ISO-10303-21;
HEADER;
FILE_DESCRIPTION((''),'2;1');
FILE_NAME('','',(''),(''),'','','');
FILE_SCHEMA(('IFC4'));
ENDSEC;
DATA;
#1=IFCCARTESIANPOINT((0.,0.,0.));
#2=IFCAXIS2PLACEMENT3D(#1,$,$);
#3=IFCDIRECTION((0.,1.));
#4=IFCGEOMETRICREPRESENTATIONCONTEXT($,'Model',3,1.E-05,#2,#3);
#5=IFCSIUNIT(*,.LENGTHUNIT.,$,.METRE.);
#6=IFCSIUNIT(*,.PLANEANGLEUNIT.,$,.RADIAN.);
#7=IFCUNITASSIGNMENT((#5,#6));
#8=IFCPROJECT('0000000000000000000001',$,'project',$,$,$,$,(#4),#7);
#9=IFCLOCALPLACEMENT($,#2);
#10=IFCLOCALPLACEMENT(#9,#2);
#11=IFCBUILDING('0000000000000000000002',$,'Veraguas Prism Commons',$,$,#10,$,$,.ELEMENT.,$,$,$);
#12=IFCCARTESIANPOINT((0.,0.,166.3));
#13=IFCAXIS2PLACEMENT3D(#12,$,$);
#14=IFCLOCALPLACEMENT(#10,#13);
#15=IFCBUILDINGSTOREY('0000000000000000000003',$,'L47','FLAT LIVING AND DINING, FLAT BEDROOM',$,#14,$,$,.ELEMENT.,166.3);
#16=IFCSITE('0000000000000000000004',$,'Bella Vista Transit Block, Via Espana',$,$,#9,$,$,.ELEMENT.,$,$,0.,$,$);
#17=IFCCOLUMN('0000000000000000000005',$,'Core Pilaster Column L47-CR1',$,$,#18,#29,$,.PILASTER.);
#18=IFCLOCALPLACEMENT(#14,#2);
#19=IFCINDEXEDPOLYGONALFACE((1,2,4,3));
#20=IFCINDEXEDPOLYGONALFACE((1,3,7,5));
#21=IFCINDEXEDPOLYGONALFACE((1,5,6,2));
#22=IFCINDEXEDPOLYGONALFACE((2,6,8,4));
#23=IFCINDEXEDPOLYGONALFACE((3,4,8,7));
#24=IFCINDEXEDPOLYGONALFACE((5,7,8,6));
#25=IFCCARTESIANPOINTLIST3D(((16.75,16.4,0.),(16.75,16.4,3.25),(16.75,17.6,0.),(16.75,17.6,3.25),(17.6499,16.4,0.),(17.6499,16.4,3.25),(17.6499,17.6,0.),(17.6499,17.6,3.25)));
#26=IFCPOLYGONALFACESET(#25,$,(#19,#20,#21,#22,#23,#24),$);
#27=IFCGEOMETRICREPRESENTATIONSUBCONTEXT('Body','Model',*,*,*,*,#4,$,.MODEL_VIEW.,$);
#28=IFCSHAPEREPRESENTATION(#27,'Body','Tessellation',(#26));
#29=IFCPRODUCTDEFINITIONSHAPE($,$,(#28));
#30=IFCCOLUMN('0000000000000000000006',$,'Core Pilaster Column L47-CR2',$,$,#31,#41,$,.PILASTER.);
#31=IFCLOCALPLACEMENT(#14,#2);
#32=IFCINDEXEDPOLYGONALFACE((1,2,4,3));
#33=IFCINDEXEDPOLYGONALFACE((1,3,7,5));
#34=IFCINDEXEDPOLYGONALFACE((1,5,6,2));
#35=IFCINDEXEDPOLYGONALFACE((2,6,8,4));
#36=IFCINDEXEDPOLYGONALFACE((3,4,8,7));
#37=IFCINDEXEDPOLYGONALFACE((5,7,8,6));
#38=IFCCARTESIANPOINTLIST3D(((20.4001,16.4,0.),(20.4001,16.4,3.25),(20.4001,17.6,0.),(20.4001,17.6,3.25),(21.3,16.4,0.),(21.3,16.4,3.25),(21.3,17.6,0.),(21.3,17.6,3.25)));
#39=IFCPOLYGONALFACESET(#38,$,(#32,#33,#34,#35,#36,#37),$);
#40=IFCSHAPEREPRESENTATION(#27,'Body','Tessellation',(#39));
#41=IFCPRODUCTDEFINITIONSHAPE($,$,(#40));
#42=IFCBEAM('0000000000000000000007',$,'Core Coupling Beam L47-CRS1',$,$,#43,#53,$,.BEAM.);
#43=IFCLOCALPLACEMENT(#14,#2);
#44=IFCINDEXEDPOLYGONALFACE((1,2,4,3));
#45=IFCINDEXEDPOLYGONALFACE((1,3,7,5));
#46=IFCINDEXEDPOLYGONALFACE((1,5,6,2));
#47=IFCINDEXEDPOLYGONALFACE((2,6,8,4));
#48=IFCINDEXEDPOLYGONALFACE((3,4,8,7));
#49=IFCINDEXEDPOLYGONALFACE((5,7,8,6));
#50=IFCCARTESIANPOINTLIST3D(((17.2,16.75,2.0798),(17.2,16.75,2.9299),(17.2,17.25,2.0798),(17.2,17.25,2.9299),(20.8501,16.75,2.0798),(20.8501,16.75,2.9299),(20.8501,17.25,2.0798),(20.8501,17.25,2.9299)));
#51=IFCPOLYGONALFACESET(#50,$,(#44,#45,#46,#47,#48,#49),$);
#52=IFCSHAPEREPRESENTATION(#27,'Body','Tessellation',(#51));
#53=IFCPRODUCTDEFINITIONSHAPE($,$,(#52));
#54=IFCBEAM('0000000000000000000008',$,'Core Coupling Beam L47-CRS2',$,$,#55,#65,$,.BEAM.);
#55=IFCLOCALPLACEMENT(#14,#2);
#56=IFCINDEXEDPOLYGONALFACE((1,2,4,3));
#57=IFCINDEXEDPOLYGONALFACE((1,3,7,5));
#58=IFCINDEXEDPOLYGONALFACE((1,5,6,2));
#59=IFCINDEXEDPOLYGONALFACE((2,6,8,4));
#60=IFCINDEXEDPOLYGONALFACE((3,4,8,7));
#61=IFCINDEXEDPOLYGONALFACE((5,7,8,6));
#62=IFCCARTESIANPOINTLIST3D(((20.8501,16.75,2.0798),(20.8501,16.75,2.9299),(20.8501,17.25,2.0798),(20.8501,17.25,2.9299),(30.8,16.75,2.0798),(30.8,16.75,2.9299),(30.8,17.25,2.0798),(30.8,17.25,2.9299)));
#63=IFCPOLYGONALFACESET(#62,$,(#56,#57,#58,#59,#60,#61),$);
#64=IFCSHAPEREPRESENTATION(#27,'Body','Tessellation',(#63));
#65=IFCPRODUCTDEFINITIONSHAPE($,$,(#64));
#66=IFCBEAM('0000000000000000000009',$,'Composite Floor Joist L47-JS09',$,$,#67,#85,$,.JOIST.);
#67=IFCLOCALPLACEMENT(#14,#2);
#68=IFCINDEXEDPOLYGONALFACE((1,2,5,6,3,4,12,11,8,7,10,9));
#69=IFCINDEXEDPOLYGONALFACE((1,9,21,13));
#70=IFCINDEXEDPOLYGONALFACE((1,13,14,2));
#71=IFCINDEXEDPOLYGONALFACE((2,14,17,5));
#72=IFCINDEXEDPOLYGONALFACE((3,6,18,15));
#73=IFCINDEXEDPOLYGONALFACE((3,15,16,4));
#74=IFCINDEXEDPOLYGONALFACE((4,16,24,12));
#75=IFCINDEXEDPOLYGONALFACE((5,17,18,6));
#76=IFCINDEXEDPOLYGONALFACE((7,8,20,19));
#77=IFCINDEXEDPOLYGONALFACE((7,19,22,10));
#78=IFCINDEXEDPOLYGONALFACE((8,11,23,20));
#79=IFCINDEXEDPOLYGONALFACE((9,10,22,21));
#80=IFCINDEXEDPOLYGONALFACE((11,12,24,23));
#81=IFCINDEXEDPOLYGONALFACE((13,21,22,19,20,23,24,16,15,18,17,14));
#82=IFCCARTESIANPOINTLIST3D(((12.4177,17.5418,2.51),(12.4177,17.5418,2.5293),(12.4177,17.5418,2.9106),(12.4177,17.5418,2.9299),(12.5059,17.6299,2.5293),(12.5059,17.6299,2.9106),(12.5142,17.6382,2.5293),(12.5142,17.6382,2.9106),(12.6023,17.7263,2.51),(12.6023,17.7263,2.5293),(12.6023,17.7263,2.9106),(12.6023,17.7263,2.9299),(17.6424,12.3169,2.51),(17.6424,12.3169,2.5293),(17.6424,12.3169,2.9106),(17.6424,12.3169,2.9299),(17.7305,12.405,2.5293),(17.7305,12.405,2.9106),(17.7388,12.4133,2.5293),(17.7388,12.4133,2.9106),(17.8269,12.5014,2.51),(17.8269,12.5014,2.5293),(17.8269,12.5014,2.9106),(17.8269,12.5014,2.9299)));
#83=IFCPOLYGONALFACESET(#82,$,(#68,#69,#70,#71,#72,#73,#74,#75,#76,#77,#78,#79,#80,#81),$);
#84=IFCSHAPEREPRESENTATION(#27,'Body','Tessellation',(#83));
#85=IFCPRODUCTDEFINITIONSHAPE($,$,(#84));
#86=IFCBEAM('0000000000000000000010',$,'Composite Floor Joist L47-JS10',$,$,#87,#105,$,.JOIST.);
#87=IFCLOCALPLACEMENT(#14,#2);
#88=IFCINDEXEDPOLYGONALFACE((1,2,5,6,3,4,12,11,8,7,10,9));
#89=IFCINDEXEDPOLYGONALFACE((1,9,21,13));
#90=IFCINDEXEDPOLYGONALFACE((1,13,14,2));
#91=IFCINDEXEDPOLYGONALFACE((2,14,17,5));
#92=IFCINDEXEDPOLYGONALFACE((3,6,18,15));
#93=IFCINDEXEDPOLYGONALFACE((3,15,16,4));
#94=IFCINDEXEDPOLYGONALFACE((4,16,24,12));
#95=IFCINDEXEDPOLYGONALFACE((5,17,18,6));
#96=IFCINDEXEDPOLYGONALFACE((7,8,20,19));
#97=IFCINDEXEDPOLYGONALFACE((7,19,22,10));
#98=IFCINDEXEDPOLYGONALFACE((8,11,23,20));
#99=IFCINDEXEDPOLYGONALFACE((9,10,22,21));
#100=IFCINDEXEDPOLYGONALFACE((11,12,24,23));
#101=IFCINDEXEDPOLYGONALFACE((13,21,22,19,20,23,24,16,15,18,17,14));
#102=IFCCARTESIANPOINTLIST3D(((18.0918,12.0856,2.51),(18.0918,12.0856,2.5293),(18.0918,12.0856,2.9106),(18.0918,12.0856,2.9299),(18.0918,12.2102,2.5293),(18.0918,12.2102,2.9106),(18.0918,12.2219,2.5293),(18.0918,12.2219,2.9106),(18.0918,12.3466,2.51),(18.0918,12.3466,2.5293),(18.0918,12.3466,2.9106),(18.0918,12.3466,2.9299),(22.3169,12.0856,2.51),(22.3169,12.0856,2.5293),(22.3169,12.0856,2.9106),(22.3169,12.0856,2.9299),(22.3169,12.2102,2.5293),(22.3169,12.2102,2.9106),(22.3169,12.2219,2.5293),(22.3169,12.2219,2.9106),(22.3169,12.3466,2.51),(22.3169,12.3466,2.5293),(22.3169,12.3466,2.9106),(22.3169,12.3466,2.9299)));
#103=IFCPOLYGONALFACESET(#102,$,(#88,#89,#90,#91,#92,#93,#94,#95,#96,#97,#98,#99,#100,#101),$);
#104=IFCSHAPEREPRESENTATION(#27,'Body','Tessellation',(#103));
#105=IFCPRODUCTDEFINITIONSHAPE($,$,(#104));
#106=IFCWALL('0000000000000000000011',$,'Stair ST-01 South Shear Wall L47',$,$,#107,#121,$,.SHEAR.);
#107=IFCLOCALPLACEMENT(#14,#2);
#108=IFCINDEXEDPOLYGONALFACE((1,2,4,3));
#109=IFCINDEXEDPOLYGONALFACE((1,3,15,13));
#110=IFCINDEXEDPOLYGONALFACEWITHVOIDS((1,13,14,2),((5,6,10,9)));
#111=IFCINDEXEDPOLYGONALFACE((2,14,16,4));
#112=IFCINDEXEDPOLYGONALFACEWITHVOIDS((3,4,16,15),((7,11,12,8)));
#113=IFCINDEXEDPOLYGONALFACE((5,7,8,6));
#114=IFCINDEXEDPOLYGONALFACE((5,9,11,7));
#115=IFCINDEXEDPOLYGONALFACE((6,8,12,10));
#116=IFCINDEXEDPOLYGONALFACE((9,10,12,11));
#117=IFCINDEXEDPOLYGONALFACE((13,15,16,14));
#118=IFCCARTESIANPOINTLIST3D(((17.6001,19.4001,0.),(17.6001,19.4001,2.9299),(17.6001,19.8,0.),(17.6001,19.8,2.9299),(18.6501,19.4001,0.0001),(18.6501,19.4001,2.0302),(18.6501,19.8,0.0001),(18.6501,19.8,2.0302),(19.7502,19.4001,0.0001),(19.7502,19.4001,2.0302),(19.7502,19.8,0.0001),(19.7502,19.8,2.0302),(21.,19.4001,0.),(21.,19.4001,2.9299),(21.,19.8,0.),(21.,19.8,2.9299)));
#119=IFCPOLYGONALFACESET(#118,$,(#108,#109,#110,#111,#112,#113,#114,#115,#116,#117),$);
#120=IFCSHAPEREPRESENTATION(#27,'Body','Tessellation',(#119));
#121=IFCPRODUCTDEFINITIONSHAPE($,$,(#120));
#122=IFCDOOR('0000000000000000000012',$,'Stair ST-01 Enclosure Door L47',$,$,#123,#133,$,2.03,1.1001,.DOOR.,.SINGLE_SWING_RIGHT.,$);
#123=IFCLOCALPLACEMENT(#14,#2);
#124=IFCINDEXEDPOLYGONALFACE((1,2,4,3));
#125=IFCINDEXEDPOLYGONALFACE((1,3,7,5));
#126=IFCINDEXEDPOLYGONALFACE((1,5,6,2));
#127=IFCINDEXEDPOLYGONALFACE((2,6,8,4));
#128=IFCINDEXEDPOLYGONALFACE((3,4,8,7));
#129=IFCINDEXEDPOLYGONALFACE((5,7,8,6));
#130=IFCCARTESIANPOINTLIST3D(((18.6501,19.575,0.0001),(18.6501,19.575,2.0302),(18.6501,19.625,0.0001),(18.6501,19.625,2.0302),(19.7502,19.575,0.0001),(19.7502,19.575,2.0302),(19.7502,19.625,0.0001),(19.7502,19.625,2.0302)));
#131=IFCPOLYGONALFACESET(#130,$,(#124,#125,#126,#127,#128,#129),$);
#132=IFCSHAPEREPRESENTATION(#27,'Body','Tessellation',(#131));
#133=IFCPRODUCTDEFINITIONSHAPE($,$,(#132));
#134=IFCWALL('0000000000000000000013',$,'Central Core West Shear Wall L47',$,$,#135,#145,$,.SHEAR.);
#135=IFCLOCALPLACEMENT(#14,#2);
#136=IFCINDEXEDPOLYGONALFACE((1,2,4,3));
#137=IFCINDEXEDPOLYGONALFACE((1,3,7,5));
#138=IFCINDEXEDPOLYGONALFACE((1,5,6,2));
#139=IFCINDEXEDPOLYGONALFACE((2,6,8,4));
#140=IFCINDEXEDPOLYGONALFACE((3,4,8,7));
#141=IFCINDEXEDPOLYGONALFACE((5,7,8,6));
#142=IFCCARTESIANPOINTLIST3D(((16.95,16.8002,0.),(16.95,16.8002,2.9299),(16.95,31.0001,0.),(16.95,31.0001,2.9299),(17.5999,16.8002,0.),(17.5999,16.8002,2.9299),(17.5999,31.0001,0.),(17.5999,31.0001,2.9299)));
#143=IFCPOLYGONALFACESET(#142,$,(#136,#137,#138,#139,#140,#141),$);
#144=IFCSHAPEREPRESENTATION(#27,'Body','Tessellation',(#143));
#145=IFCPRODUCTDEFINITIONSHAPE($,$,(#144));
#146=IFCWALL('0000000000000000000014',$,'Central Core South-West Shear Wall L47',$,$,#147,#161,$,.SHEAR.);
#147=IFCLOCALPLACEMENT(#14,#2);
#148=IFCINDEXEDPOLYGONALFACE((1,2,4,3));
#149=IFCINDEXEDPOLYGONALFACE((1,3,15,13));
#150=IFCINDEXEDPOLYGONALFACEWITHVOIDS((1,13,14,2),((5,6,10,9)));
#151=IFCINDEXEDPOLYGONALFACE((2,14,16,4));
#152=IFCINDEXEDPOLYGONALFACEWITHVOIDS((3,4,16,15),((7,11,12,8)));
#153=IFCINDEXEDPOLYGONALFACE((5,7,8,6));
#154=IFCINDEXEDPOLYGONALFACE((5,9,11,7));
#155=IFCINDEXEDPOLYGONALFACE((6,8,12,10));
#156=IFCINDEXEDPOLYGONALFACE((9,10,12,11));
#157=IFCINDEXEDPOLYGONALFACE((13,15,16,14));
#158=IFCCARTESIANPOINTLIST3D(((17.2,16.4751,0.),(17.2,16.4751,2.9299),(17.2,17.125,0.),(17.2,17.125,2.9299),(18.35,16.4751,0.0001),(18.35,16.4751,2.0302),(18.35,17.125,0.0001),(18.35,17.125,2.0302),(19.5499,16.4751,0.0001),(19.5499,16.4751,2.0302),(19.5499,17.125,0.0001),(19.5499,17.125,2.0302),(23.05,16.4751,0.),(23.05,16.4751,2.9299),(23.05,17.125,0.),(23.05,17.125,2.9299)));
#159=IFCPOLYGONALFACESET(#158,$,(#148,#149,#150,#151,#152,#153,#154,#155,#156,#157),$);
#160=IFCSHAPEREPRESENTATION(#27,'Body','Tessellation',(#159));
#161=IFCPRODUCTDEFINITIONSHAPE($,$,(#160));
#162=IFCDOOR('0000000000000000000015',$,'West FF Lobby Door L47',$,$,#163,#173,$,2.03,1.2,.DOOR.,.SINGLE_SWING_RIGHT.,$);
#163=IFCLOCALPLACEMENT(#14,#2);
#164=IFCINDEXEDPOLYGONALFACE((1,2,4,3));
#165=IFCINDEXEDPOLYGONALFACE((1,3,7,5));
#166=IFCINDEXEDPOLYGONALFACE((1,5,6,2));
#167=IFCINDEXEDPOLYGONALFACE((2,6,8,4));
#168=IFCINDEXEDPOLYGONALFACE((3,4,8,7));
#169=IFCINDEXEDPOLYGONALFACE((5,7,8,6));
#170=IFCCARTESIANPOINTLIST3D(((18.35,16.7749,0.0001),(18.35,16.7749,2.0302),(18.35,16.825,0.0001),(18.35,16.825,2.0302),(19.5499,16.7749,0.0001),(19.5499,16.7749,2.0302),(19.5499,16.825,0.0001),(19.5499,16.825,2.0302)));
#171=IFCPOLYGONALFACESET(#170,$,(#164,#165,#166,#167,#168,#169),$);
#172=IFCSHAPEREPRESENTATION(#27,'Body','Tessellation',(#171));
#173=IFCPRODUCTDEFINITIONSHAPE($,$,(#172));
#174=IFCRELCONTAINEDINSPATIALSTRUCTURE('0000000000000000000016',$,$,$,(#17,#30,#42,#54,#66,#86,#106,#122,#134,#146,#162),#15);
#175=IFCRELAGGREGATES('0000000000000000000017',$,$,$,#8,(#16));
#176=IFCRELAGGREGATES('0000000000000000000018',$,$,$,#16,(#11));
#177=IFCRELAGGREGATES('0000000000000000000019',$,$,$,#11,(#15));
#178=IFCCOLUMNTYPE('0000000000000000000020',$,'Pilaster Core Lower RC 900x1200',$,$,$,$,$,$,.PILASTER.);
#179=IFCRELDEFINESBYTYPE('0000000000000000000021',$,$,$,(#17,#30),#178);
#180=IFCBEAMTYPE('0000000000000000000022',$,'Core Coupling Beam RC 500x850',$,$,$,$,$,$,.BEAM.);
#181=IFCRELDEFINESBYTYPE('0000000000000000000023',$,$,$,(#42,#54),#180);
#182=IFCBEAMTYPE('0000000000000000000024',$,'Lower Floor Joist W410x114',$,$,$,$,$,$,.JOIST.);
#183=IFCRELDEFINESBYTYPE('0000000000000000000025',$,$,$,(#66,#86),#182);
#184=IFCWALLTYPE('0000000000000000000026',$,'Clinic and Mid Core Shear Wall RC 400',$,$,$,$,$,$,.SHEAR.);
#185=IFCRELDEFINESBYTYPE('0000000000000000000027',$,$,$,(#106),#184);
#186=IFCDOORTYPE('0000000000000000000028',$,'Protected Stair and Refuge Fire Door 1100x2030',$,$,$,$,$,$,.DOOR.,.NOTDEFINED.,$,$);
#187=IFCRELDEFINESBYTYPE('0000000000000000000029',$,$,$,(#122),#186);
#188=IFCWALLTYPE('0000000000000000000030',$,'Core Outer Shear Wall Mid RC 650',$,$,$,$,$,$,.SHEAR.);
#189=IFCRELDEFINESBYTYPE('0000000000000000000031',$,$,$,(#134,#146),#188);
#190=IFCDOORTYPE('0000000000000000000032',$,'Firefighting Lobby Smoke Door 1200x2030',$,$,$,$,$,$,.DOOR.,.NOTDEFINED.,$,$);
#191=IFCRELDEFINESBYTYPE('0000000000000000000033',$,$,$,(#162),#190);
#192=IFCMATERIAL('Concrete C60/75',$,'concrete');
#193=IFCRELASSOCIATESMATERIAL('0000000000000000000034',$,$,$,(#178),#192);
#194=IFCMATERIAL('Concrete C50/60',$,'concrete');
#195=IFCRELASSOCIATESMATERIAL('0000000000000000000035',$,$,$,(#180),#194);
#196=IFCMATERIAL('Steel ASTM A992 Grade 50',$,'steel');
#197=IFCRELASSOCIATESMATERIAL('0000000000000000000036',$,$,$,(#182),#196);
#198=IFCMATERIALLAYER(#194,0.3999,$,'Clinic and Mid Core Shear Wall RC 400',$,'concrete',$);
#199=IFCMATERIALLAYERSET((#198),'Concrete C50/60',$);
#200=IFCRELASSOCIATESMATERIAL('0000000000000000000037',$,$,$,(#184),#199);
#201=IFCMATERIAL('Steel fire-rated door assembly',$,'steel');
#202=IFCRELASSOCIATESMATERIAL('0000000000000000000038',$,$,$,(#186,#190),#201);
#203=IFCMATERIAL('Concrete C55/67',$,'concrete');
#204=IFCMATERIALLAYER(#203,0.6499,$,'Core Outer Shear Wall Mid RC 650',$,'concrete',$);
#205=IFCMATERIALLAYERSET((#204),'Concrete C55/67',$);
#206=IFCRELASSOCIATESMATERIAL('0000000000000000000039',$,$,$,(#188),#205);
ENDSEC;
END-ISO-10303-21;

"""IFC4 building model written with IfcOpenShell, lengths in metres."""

from ifc_helpers import new_model, si_unit, direction, frame, frame_2d, origin, origin_2d, place, context, subcontext, project, spatial, rectangle, i_section, extrude, source, transform, mapped, material, layer, layer_set, material_profile, profile_set, type_object, element, fill, save


model = new_model("IFC4")

# Units and contexts
model_context = context("Model", 3, precision=1e-05, world=origin(), true_north=direction((0.0, 1.0)))
body_context = subcontext(model_context, "Body", "Model", "MODEL_VIEW")
ifc_project = project(units=[si_unit("LENGTHUNIT", "METRE"), si_unit("PLANEANGLEUNIT", "RADIAN")], contexts=[model_context])

# Site, building, storey
site_placement = place(None, origin())
site = spatial("IfcSite", under=ifc_project, at=site_placement, Name="Bella Vista Transit Block, Via Espana", CompositionType="ELEMENT", RefElevation=0.0)
building_placement = place(site_placement, origin())
building = spatial("IfcBuilding", under=site, at=building_placement, Name="Veraguas Prism Commons", CompositionType="ELEMENT")
storey_placement = place(building_placement, frame((0.0, 0.0, 166.3)))
storey = spatial("IfcBuildingStorey", under=building, at=storey_placement, Name="L47", Description="FLAT LIVING AND DINING, FLAT BEDROOM", CompositionType="ELEMENT", Elevation=166.3)

# Columns
ifc_material_1 = material(Name="Concrete C60/75", Category="concrete")
ifc_material_profile_1 = material_profile(ifc_material_1, rectangle(XDim=0.8999, YDim=1.2, at=origin_2d()), Name="RC900X1200")
ifc_profile_set_1 = profile_set([ifc_material_profile_1], Name="Concrete C60/75")
column_type = type_object("IfcColumnType", Name="Pilaster Core Lower RC 900x1200", PredefinedType="PILASTER", material=ifc_profile_set_1)
for number, where, z_axis, x_axis, name in (
    (1, (17.2, 17.0, 0.0), (0.0, 0.0, 1.0), (1.0, 0.0, 0.0), "Core Pilaster Column L47-CR1"),
    (2, (20.8501, 17.0, 0.0), (0.0, 0.0, 1.0), (1.0, 0.0, 0.0), "Core Pilaster Column L47-CR2"),
):
    element("IfcColumn", number, at=place(storey_placement, frame(where, z_axis=z_axis, x_axis=x_axis)), inside=storey, type_object=column_type, Name=name, PredefinedType="PILASTER", context=body_context, shape_type="SweptSolid", body=[
        extrude(rectangle(XDim=0.8999, YDim=1.2, at=origin_2d()), origin(), (0.0, 0.0, 1.0), 3.25),
    ])

# Beams
ifc_material_2 = material(Name="Concrete C50/60", Category="concrete")
ifc_material_profile_2 = material_profile(ifc_material_2, rectangle(XDim=0.5, YDim=0.8501, at=origin_2d()), Name="RC500X850")
ifc_profile_set_2 = profile_set([ifc_material_profile_2], Name="Concrete C50/60")
beam_type_1 = type_object("IfcBeamType", Name="Core Coupling Beam RC 500x850", PredefinedType="BEAM", material=ifc_profile_set_2)
beam_1_placement = place(storey_placement, frame((17.2, 17.0, 2.5049), z_axis=(1.0, 0.0, 0.0), x_axis=(0.0, 1.0, 0.0)))
element("IfcBeam", 3, at=beam_1_placement, inside=storey, type_object=beam_type_1, Name="Core Coupling Beam L47-CRS1", PredefinedType="BEAM", context=body_context, shape_type="SweptSolid", body=[
    extrude(rectangle(XDim=0.5, YDim=0.8501, at=origin_2d()), origin(), (0.0, 0.0, 1.0), 3.6501),
])
beam_2_placement = place(storey_placement, frame((20.8501, 17.0, 2.5049), z_axis=(1.0, 0.0, 0.0), x_axis=(0.0, 1.0, 0.0)))
element("IfcBeam", 4, at=beam_2_placement, inside=storey, type_object=beam_type_1, Name="Core Coupling Beam L47-CRS2", PredefinedType="BEAM", context=body_context, shape_type="SweptSolid", body=[
    extrude(rectangle(XDim=0.5, YDim=0.8501, at=origin_2d()), origin(), (0.0, 0.0, 1.0), 9.95),
])
ifc_material_3 = material(Name="Steel ASTM A992 Grade 50", Category="steel")
ifc_material_profile_3 = material_profile(ifc_material_3, i_section(OverallWidth=0.261, OverallDepth=0.4199, WebThickness=0.0117, FlangeThickness=0.0193, at=origin_2d()), Name="W410X114")
ifc_profile_set_3 = profile_set([ifc_material_profile_3], Name="Steel ASTM A992 Grade 50")
beam_type_2 = type_object("IfcBeamType", Name="Lower Floor Joist W410x114", PredefinedType="JOIST", material=ifc_profile_set_3)
beam_3_placement = place(storey_placement, frame((12.51, 17.634, 2.72), z_axis=(0.70709, -0.707123, 0.0), x_axis=(0.707123, 0.70709, 0.0)))
element("IfcBeam", 5, at=beam_3_placement, inside=storey, type_object=beam_type_2, Name="Composite Floor Joist L47-JS09", PredefinedType="JOIST", context=body_context, shape_type="SweptSolid", body=[
    extrude(i_section(OverallWidth=0.261, OverallDepth=0.4199, WebThickness=0.0117, FlangeThickness=0.0193, at=origin_2d()), origin(), (0.0, 0.0, 1.0), 7.3889),
])
beam_4_placement = place(storey_placement, frame((18.0918, 12.2161, 2.72), z_axis=(1.0, 0.0, 0.0), x_axis=(0.0, 1.0, 0.0)))
element("IfcBeam", 6, at=beam_4_placement, inside=storey, type_object=beam_type_2, Name="Composite Floor Joist L47-JS10", PredefinedType="JOIST", context=body_context, shape_type="SweptSolid", body=[
    extrude(i_section(OverallWidth=0.261, OverallDepth=0.4199, WebThickness=0.0117, FlangeThickness=0.0193, at=origin_2d()), origin(), (0.0, 0.0, 1.0), 4.2251),
])

# Wall, opening, door
ifc_layer_1 = layer(ifc_material_2, 0.3999, Name="Clinic and Mid Core Shear Wall RC 400", Category="concrete")
ifc_layer_set_1 = layer_set([ifc_layer_1], Name="Concrete C50/60")
wall_type_1 = type_object("IfcWallType", Name="Clinic and Mid Core Shear Wall RC 400", PredefinedType="SHEAR", material=ifc_layer_set_1)
wall_1_placement = place(storey_placement, frame((17.6001, 19.6001, 0.0), z_axis=(0.0, 0.0, 1.0), x_axis=(1.0, 0.0, 0.0)))
wall_1 = element("IfcWall", 7, at=wall_1_placement, inside=storey, type_object=wall_type_1, Name="Stair ST-01 South Shear Wall L47", PredefinedType="SHEAR", context=body_context, shape_type="SweptSolid", body=[
    extrude(rectangle(XDim=3.3999, YDim=0.3999, at=frame_2d((1.7, 0.0))), origin(), (0.0, 0.0, 1.0), 2.9299),
])
opening_1_placement = place(wall_1_placement, frame((1.05, 0.0, 0.0)))
opening_1 = element("IfcOpeningElement", 8, at=opening_1_placement, cuts=wall_1, PredefinedType="OPENING", context=body_context, shape_type="SweptSolid", body=[
    extrude(rectangle(XDim=1.1001, YDim=2.03, at=frame_2d((0.55, 1.0151))), frame((0.0, 0.21, 0.0), z_axis=(0.0, -1.0, 0.0), x_axis=(1.0, 0.0, 0.0)), (0.0, 0.0, 1.0), 0.4199),
])
ifc_material_4 = material(Name="Steel fire-rated door assembly", Category="steel")
door_type_1 = type_object("IfcDoorType", Name="Protected Stair and Refuge Fire Door 1100x2030", OperationType="NOTDEFINED", PredefinedType="DOOR", material=ifc_material_4)
shared_shape_1 = source(origin(), body_context, "Body", "SweptSolid", [
    extrude(rectangle(XDim=1.1001, YDim=2.03, at=frame_2d((0.55, 1.0151))), frame((0.0, 0.0249, 0.0), z_axis=(0.0, -1.0, 0.0), x_axis=(1.0, 0.0, 0.0)), (0.0, 0.0, 1.0), 0.05),
])
door_1_placement = place(opening_1_placement, origin())
door_1 = element("IfcDoor", 9, at=door_1_placement, inside=storey, type_object=door_type_1, Name="Stair ST-01 Enclosure Door L47", OperationType="SINGLE_SWING_RIGHT", OverallHeight=2.03, OverallWidth=1.1001, PredefinedType="DOOR", context=body_context, shape_type="MappedRepresentation", body=[
    mapped(shared_shape_1, transform((0.0, 0.0, 0.0), scale=1.0)),
])
fill(opening_1, door_1)

# Wall
ifc_material_5 = material(Name="Concrete C55/67", Category="concrete")
ifc_layer_2 = layer(ifc_material_5, 0.6499, Name="Core Outer Shear Wall Mid RC 650", Category="concrete")
ifc_layer_set_2 = layer_set([ifc_layer_2], Name="Concrete C55/67")
wall_type_2 = type_object("IfcWallType", Name="Core Outer Shear Wall Mid RC 650", PredefinedType="SHEAR", material=ifc_layer_set_2)
wall_2_placement = place(storey_placement, frame((17.2749, 16.8, 0.0), z_axis=(0.0, 0.0, 1.0), x_axis=(0.0, 1.0, 0.0)))
element("IfcWall", 10, at=wall_2_placement, inside=storey, type_object=wall_type_2, Name="Central Core West Shear Wall L47", PredefinedType="SHEAR", context=body_context, shape_type="SweptSolid", body=[
    extrude(rectangle(XDim=14.2, YDim=0.6499, at=frame_2d((7.1001, 0.0))), origin(), (0.0, 0.0, 1.0), 2.9299),
])

# Wall, opening, door
wall_3_placement = place(storey_placement, frame((17.2, 16.8, 0.0), z_axis=(0.0, 0.0, 1.0), x_axis=(1.0, 0.0, 0.0)))
wall_3 = element("IfcWall", 11, at=wall_3_placement, inside=storey, type_object=wall_type_2, Name="Central Core South-West Shear Wall L47", PredefinedType="SHEAR", context=body_context, shape_type="SweptSolid", body=[
    extrude(rectangle(XDim=5.8501, YDim=0.6499, at=frame_2d((2.925, 0.0))), origin(), (0.0, 0.0, 1.0), 2.9299),
])
opening_2_placement = place(wall_3_placement, frame((1.1499, 0.0, 0.0)))
opening_2 = element("IfcOpeningElement", 12, at=opening_2_placement, cuts=wall_3, PredefinedType="OPENING", context=body_context, shape_type="SweptSolid", body=[
    extrude(rectangle(XDim=1.2, YDim=2.03, at=frame_2d((0.6001, 1.0151))), frame((0.0, 0.335, 0.0), z_axis=(0.0, -1.0, 0.0), x_axis=(1.0, 0.0, 0.0)), (0.0, 0.0, 1.0), 0.6699),
])
door_type_2 = type_object("IfcDoorType", Name="Firefighting Lobby Smoke Door 1200x2030", OperationType="NOTDEFINED", PredefinedType="DOOR", material=ifc_material_4)
shared_shape_2 = source(origin(), body_context, "Body", "SweptSolid", [
    extrude(rectangle(XDim=1.2, YDim=2.03, at=frame_2d((0.6001, 1.0151))), frame((0.0, 0.0249, 0.0), z_axis=(0.0, -1.0, 0.0), x_axis=(1.0, 0.0, 0.0)), (0.0, 0.0, 1.0), 0.05),
])
door_2_placement = place(opening_2_placement, origin())
door_2 = element("IfcDoor", 13, at=door_2_placement, inside=storey, type_object=door_type_2, Name="West FF Lobby Door L47", OperationType="SINGLE_SWING_RIGHT", OverallHeight=2.03, OverallWidth=1.2, PredefinedType="DOOR", context=body_context, shape_type="MappedRepresentation", body=[
    mapped(shared_shape_2, transform((0.0, 0.0, 0.0), scale=1.0)),
])
fill(opening_2, door_2)

save(model, "model.ifc")
